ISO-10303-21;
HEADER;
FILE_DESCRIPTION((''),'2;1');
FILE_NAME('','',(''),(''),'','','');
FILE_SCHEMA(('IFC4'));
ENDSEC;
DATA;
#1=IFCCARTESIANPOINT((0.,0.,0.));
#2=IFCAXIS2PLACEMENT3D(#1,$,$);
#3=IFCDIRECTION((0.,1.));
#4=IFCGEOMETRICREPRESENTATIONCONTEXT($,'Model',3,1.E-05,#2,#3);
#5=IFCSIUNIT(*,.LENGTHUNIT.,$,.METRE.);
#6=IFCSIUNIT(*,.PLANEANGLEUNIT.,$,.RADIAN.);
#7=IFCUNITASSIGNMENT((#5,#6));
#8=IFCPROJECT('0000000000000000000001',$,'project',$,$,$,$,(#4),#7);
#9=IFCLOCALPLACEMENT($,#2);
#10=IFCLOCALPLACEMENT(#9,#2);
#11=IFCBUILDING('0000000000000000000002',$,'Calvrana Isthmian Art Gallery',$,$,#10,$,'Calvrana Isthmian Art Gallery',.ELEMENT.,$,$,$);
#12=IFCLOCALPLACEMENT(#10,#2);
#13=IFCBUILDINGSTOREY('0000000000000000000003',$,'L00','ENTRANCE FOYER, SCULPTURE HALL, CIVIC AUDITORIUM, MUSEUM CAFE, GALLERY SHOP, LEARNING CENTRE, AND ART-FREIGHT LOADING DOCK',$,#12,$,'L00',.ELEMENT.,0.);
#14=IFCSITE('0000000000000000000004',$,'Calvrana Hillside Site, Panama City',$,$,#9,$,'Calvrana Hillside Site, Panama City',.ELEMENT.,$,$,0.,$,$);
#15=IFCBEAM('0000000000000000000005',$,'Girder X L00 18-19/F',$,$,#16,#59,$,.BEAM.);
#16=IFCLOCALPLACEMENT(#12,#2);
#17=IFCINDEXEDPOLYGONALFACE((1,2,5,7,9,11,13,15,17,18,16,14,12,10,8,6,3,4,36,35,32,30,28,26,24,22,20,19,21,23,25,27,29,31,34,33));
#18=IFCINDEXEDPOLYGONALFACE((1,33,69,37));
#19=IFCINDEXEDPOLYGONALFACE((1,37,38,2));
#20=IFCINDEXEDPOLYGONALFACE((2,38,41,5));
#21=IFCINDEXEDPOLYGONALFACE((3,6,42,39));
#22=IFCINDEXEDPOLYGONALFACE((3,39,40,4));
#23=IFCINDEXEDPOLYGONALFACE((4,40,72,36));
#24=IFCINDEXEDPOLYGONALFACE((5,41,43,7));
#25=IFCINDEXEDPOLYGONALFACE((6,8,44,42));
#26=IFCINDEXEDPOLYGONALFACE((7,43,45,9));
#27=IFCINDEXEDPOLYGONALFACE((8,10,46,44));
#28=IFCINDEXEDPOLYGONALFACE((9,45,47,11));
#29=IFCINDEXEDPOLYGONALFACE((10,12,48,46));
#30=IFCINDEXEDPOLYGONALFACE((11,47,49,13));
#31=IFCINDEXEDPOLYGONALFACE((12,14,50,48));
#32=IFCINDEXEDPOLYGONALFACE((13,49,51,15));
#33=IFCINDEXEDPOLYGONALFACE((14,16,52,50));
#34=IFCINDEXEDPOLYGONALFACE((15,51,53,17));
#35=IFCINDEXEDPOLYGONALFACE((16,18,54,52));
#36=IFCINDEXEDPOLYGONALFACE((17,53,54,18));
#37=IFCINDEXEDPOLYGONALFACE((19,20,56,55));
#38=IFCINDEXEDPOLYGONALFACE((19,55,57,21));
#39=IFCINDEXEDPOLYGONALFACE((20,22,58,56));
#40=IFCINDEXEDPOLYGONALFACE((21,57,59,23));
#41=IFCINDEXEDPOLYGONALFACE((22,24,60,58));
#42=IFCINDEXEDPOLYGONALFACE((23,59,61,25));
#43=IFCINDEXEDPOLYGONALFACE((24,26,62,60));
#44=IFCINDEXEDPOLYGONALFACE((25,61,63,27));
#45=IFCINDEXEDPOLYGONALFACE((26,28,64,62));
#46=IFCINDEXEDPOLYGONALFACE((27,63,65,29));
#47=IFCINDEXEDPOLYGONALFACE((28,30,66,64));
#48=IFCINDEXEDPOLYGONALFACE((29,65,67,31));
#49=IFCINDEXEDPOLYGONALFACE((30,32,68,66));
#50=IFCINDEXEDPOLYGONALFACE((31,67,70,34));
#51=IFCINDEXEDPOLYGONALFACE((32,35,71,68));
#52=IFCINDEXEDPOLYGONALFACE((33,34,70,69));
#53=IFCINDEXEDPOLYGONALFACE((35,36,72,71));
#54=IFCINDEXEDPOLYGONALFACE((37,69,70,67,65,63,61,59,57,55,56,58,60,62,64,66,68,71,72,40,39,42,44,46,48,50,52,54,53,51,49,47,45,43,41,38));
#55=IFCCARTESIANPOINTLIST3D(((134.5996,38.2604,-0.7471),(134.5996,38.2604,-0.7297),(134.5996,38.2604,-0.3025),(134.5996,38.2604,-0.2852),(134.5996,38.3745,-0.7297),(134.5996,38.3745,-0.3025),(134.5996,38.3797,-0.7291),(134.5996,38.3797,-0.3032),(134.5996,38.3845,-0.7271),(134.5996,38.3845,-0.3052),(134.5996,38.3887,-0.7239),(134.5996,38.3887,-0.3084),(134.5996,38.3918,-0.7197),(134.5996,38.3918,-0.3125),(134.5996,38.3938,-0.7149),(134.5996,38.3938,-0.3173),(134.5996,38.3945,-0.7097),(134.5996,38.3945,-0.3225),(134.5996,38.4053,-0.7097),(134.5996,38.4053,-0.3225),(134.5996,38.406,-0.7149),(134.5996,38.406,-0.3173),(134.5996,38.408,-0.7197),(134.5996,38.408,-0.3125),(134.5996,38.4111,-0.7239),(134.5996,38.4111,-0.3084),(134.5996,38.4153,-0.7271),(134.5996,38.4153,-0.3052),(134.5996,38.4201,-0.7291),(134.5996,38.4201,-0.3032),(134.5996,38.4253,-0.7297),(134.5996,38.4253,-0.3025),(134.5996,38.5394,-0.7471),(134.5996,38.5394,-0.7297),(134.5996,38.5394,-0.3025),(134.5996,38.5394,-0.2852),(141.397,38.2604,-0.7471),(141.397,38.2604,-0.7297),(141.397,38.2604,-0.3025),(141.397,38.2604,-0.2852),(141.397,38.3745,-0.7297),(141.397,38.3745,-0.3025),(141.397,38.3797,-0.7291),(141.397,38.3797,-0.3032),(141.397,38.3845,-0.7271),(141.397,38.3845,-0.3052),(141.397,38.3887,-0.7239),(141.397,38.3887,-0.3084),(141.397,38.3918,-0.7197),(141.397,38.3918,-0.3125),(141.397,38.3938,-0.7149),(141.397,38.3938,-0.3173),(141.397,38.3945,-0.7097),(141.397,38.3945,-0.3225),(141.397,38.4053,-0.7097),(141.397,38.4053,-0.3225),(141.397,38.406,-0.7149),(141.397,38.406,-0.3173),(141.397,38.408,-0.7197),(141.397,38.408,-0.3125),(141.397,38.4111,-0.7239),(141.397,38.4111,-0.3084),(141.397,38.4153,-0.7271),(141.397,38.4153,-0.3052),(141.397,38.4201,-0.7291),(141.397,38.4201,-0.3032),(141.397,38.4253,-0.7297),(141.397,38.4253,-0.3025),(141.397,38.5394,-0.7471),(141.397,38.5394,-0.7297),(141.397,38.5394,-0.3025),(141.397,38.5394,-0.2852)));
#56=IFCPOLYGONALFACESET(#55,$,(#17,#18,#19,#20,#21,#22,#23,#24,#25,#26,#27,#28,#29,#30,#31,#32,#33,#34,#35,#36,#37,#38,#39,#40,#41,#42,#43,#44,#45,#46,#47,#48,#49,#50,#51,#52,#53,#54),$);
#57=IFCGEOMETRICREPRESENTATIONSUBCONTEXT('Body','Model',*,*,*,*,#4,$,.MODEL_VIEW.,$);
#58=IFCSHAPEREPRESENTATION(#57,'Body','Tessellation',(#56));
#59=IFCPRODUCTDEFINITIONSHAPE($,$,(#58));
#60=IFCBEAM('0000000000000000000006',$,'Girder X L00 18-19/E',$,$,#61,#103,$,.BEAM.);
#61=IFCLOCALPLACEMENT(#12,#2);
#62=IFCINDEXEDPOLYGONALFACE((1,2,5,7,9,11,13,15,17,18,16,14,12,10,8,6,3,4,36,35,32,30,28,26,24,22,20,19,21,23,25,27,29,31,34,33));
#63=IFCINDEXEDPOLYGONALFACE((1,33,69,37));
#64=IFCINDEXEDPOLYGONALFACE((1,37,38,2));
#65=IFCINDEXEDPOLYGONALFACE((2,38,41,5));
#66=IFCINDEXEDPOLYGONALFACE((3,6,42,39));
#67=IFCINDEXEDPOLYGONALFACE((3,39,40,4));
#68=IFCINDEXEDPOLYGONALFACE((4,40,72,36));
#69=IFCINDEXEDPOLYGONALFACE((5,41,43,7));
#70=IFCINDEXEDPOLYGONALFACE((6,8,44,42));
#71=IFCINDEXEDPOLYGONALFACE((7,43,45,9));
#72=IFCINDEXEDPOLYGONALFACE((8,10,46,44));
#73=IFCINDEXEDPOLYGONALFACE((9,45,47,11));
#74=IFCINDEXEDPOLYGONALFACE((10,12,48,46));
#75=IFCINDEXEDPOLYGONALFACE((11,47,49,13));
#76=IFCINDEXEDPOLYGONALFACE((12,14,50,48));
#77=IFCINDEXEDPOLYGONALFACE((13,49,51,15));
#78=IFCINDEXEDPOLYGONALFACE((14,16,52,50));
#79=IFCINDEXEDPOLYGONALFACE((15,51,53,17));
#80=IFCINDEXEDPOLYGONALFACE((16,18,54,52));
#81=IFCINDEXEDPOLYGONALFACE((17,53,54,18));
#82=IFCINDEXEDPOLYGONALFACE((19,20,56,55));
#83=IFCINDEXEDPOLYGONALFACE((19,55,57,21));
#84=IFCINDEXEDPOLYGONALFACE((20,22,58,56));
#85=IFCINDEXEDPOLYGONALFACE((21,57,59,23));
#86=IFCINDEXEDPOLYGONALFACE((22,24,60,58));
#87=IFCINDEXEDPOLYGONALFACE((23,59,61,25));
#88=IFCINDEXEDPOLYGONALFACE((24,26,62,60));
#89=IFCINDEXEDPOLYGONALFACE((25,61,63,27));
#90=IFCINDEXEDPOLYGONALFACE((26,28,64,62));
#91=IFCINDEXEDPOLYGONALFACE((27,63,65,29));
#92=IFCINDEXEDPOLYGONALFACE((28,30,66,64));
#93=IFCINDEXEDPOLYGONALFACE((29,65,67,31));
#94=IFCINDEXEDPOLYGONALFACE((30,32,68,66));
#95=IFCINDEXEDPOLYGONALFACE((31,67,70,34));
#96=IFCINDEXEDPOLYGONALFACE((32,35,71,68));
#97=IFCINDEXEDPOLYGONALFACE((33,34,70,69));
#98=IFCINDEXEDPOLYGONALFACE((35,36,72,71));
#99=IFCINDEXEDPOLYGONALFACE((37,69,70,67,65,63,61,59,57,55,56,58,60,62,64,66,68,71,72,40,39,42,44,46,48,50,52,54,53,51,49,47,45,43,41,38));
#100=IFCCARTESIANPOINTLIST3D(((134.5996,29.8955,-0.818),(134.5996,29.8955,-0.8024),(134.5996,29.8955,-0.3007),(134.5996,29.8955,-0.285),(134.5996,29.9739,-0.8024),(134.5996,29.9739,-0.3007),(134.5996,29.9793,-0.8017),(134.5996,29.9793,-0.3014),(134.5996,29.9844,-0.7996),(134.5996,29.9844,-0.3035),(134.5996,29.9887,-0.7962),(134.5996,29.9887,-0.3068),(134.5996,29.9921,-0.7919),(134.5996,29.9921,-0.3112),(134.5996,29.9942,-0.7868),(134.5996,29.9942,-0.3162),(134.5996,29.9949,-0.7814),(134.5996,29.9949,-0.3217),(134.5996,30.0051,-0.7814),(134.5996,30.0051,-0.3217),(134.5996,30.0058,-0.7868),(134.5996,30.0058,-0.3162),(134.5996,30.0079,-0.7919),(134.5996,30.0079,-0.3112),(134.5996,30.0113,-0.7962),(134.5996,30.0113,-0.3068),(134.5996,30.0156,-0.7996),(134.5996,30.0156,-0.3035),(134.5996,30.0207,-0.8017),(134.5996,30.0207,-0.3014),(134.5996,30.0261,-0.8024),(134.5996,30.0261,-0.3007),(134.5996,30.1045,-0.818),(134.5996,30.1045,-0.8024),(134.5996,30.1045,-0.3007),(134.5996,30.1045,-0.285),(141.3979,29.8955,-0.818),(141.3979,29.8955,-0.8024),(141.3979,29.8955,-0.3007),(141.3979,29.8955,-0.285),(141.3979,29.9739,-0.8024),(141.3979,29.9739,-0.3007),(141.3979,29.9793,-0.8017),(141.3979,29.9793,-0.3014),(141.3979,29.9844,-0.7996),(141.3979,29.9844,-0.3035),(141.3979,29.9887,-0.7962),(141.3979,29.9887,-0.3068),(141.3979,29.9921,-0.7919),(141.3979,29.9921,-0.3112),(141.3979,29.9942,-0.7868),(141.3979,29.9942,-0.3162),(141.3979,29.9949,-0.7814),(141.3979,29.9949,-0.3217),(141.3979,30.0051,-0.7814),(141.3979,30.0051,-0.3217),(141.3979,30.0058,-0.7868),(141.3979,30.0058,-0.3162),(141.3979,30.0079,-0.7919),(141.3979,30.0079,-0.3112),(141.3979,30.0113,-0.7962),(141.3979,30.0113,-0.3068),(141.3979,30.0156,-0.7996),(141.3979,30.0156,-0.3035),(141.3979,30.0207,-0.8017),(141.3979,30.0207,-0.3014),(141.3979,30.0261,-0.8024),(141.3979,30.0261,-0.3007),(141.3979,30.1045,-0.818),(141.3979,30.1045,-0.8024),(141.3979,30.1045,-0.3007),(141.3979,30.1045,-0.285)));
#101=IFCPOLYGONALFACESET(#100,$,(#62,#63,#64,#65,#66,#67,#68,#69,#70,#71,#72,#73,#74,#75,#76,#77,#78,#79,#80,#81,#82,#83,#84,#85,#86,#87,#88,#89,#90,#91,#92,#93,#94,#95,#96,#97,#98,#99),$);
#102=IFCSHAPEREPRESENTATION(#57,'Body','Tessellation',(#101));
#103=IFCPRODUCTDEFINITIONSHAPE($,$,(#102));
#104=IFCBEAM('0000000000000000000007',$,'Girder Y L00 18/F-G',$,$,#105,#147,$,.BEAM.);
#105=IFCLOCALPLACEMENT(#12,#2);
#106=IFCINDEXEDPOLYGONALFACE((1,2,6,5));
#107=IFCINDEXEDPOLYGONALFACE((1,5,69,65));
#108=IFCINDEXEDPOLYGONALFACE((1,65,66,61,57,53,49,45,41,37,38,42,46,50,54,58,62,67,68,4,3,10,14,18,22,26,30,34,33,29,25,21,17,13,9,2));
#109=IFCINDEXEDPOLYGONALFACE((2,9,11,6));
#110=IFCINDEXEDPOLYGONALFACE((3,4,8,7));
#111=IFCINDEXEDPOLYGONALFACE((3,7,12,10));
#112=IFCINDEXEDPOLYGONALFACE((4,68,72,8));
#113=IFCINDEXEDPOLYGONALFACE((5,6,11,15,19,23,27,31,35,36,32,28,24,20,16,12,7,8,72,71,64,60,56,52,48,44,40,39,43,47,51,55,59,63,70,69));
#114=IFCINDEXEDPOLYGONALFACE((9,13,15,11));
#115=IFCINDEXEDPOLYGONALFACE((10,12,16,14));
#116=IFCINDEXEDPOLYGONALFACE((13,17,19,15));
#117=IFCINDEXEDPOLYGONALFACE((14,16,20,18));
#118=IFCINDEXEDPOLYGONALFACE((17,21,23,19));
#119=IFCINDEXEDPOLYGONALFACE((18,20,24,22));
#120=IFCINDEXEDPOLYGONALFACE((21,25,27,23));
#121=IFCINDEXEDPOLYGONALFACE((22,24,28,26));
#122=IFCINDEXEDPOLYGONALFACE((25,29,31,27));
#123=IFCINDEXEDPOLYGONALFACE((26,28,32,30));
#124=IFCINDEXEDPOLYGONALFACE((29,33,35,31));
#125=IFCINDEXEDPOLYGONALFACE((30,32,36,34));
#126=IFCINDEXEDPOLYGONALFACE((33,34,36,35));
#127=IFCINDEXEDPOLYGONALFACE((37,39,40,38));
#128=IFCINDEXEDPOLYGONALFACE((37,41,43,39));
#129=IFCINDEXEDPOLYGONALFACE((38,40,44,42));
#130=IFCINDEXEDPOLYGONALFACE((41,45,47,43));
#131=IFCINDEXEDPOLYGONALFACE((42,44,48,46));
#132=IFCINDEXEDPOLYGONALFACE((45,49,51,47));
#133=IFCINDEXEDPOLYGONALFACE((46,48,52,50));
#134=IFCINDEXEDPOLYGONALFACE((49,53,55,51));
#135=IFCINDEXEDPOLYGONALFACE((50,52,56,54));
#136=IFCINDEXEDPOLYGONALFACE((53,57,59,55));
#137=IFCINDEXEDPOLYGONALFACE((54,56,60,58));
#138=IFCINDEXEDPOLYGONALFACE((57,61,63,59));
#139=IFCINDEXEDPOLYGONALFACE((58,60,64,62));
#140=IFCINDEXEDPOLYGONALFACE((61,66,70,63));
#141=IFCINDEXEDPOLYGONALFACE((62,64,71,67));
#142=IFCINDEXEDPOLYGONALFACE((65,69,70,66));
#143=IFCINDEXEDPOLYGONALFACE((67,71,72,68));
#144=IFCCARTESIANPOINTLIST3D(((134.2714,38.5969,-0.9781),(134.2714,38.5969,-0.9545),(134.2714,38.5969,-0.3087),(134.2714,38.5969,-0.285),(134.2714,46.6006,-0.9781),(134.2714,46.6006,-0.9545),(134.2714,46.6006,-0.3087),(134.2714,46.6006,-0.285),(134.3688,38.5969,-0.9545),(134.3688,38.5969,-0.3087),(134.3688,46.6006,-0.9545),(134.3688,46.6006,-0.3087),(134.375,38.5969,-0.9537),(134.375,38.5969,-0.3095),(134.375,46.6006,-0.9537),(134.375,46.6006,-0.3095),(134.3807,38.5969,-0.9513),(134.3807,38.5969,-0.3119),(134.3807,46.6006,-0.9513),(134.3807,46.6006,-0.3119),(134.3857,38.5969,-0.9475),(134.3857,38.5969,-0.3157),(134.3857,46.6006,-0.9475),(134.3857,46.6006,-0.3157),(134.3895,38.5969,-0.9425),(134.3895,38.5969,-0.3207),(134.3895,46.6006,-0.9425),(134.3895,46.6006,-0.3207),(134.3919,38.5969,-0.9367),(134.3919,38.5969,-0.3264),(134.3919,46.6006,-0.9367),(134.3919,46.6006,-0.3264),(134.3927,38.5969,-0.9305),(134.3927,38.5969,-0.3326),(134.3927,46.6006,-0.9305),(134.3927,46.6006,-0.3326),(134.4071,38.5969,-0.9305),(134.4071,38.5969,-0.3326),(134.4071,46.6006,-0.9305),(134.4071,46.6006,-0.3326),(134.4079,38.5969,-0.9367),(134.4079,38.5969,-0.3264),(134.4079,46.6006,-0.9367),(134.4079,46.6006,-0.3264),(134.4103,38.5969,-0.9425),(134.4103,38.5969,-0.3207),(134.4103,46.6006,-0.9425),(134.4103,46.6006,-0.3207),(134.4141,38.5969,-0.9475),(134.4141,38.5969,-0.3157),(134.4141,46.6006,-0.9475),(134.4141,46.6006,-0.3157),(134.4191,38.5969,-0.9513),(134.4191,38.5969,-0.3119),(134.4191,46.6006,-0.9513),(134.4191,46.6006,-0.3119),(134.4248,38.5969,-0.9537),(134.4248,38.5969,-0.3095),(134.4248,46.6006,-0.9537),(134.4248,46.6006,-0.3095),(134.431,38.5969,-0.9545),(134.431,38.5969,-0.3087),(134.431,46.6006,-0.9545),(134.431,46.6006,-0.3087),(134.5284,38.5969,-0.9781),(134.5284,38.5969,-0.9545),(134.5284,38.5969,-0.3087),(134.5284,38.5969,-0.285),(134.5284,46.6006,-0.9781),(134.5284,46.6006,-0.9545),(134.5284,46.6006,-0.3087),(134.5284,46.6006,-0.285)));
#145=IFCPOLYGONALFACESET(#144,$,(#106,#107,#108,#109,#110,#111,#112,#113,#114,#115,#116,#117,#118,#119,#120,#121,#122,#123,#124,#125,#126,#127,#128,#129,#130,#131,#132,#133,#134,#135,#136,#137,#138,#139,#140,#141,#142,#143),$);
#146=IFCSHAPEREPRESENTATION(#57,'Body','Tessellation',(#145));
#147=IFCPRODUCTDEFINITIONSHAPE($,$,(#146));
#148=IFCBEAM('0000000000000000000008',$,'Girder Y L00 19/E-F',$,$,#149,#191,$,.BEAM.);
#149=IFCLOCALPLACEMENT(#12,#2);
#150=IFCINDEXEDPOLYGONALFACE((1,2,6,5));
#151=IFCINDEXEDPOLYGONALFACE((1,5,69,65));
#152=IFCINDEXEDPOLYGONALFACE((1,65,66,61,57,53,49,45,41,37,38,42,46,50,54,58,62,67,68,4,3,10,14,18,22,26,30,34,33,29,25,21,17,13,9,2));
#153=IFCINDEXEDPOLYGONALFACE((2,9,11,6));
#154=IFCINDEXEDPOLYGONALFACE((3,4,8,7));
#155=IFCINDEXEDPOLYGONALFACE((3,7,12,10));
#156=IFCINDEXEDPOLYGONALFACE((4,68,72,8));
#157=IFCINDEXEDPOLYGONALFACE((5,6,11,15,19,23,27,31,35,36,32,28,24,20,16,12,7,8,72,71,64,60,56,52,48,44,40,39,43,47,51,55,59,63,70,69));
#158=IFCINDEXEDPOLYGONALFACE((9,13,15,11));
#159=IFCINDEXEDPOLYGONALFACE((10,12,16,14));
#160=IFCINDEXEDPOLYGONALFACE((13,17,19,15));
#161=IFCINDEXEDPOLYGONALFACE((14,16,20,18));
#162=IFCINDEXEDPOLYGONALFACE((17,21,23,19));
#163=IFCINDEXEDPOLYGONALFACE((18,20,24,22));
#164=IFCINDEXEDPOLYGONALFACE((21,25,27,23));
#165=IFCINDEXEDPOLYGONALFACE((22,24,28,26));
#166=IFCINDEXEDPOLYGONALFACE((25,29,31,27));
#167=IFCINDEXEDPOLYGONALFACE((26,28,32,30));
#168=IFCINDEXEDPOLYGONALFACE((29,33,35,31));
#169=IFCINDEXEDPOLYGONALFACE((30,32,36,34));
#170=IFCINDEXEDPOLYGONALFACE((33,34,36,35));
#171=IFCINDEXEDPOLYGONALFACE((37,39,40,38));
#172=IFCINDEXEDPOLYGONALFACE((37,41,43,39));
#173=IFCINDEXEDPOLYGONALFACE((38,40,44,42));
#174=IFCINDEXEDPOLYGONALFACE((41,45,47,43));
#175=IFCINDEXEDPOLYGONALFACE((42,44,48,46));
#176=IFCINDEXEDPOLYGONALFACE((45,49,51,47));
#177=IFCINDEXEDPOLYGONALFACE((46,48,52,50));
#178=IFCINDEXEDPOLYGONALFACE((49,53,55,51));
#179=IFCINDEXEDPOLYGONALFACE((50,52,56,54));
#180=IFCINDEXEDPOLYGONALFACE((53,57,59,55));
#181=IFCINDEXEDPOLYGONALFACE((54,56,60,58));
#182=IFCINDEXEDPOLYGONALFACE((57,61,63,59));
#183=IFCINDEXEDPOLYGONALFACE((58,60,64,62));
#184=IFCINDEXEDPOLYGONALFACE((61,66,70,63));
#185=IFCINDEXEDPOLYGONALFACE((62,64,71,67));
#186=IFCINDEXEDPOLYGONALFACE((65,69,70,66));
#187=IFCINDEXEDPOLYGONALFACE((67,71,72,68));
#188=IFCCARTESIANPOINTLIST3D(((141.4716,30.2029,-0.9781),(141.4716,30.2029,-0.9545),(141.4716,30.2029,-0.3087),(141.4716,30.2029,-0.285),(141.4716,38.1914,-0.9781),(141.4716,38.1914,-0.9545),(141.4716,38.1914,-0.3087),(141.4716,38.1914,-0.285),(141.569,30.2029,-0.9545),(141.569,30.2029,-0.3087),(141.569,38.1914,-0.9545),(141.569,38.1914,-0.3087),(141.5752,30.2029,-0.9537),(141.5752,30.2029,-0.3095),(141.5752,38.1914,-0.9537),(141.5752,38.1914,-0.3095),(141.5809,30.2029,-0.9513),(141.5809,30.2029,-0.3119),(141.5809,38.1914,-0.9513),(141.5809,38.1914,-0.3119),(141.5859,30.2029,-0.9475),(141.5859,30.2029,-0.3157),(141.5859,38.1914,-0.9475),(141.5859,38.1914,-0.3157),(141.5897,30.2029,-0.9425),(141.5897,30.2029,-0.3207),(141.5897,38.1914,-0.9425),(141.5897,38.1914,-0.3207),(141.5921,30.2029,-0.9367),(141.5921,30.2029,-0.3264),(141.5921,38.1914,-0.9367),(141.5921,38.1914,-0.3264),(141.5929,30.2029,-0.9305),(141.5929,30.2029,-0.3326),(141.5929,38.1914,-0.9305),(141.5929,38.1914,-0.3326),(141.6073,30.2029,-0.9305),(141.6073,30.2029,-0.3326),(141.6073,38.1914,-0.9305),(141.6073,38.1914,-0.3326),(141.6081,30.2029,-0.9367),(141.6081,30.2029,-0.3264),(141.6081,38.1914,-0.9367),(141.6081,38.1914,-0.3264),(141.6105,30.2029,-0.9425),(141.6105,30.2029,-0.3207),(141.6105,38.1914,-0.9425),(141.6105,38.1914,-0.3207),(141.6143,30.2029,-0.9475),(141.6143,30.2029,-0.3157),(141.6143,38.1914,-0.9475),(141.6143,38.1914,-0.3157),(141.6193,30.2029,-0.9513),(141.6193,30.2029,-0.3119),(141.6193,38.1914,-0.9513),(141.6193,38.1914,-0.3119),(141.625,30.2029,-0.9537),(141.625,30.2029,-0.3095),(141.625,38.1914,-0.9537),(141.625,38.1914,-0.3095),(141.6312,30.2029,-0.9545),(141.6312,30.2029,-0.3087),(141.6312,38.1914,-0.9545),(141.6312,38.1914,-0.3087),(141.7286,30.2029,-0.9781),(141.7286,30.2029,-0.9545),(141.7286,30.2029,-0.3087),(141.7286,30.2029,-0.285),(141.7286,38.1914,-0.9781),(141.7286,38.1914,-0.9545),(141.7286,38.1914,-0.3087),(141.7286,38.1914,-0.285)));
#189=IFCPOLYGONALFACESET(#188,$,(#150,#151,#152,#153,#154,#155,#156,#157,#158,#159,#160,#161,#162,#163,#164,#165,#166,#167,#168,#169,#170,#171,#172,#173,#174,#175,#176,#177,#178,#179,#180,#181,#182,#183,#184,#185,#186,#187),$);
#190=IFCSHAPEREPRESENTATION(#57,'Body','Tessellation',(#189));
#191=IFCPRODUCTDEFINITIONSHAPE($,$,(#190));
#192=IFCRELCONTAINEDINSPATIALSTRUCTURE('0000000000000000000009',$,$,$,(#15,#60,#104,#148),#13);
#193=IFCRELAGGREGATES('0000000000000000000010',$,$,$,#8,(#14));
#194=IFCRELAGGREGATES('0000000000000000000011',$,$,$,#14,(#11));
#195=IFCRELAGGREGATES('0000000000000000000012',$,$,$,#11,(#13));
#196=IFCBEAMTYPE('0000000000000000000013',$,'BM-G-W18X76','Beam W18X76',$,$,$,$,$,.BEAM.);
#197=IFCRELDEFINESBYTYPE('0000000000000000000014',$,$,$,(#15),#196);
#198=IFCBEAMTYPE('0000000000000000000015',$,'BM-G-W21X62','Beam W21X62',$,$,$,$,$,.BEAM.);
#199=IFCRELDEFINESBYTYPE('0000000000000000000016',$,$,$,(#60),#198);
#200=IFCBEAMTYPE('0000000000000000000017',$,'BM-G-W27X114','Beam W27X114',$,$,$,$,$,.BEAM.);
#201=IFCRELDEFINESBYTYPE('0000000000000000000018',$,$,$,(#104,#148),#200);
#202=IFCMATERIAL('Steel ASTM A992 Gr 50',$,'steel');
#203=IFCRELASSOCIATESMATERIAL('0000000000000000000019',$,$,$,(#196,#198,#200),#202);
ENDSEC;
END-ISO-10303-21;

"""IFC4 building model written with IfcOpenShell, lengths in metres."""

from ifc_helpers import new_model, si_unit, direction, frame, origin, origin_2d, place, context, subcontext, project, spatial, i_section, extrude, material, material_profile, profile_set, type_object, element, save


model = new_model("IFC4")

# Units and contexts
model_context = context("Model", 3, precision=1e-05, world=origin(), true_north=direction((0.0, 1.0)))
body_context = subcontext(model_context, "Body", "Model", "MODEL_VIEW")
ifc_project = project(units=[si_unit("LENGTHUNIT", "METRE"), si_unit("PLANEANGLEUNIT", "RADIAN")], contexts=[model_context])

# Site, building, storey
site_placement = place(None, origin())
site = spatial("IfcSite", under=ifc_project, at=site_placement, Name="Calvrana Hillside Site, Panama City", LongName="Calvrana Hillside Site, Panama City", CompositionType="ELEMENT", RefElevation=0.0)
building_placement = place(site_placement, origin())
building = spatial("IfcBuilding", under=site, at=building_placement, Name="Calvrana Isthmian Art Gallery", LongName="Calvrana Isthmian Art Gallery", CompositionType="ELEMENT")
storey_placement = place(building_placement, origin())
storey = spatial("IfcBuildingStorey", under=building, at=storey_placement, Name="L00", Description="ENTRANCE FOYER, SCULPTURE HALL, CIVIC AUDITORIUM, MUSEUM CAFE, GALLERY SHOP, LEARNING CENTRE, AND ART-FREIGHT LOADING DOCK", LongName="L00", CompositionType="ELEMENT", Elevation=0.0)

# Shared definitions
ifc_material_1 = material(Name="Steel ASTM A992 Gr 50", Category="steel")

# Beams
ifc_material_profile_1 = material_profile(ifc_material_1, i_section(OverallWidth=0.2791, OverallDepth=0.4619, WebThickness=0.0107, FlangeThickness=0.0173, FilletRadius=0.02, at=origin_2d()), Name="W18X76")
ifc_profile_set_1 = profile_set([ifc_material_profile_1], Name="Steel ASTM A992 Gr 50")
beam_type_1 = type_object("IfcBeamType", Name="BM-G-W18X76", Description="Beam W18X76", PredefinedType="BEAM", material=ifc_profile_set_1)
beam_1_placement = place(storey_placement, frame((134.5996, 38.3999, -0.5161), z_axis=(1.0, 0.0, 0.0), x_axis=(0.0, 1.0, 0.0)))
element("IfcBeam", 1, at=beam_1_placement, inside=storey, type_object=beam_type_1, Name="Girder X L00 18-19/F", PredefinedType="BEAM", context=body_context, shape_type="SweptSolid", body=[
    extrude(i_section(OverallWidth=0.2791, OverallDepth=0.4619, WebThickness=0.0107, FlangeThickness=0.0173, FilletRadius=0.02, at=origin_2d()), origin(), (0.0, 0.0, 1.0), 6.7974),
])
ifc_material_profile_2 = material_profile(ifc_material_1, i_section(OverallWidth=0.209, OverallDepth=0.533, WebThickness=0.0103, FlangeThickness=0.0156, FilletRadius=0.021, at=origin_2d()), Name="W21X62")
ifc_profile_set_2 = profile_set([ifc_material_profile_2], Name="Steel ASTM A992 Gr 50")
beam_type_2 = type_object("IfcBeamType", Name="BM-G-W21X62", Description="Beam W21X62", PredefinedType="BEAM", material=ifc_profile_set_2)
beam_2_placement = place(storey_placement, frame((134.5996, 30.0, -0.5515), z_axis=(1.0, 0.0, 0.0), x_axis=(0.0, 1.0, 0.0)))
element("IfcBeam", 2, at=beam_2_placement, inside=storey, type_object=beam_type_2, Name="Girder X L00 18-19/E", PredefinedType="BEAM", context=body_context, shape_type="SweptSolid", body=[
    extrude(i_section(OverallWidth=0.209, OverallDepth=0.533, WebThickness=0.0103, FlangeThickness=0.0156, FilletRadius=0.021, at=origin_2d()), origin(), (0.0, 0.0, 1.0), 6.7983),
])
ifc_material_profile_3 = material_profile(ifc_material_1, i_section(OverallWidth=0.2571, OverallDepth=0.6931, WebThickness=0.0144, FlangeThickness=0.0237, FilletRadius=0.0239, at=origin_2d()), Name="W27X114")
ifc_profile_set_3 = profile_set([ifc_material_profile_3], Name="Steel ASTM A992 Gr 50")
beam_type_3 = type_object("IfcBeamType", Name="BM-G-W27X114", Description="Beam W27X114", PredefinedType="BEAM", material=ifc_profile_set_3)
beam_3_placement = place(storey_placement, frame((134.3999, 38.5969, -0.6316), z_axis=(0.0, 1.0, 0.0), x_axis=(-1.0, 0.0, 0.0)))
element("IfcBeam", 3, at=beam_3_placement, inside=storey, type_object=beam_type_3, Name="Girder Y L00 18/F-G", PredefinedType="BEAM", context=body_context, shape_type="SweptSolid", body=[
    extrude(i_section(OverallWidth=0.2571, OverallDepth=0.6931, WebThickness=0.0144, FlangeThickness=0.0237, FilletRadius=0.0239, at=origin_2d()), origin(), (0.0, 0.0, 1.0), 8.0037),
])
beam_4_placement = place(storey_placement, frame((141.6001, 30.2029, -0.6316), z_axis=(0.0, 1.0, 0.0), x_axis=(-1.0, 0.0, 0.0)))
element("IfcBeam", 4, at=beam_4_placement, inside=storey, type_object=beam_type_3, Name="Girder Y L00 19/E-F", PredefinedType="BEAM", context=body_context, shape_type="SweptSolid", body=[
    extrude(i_section(OverallWidth=0.2571, OverallDepth=0.6931, WebThickness=0.0144, FlangeThickness=0.0237, FilletRadius=0.0239, at=origin_2d()), origin(), (0.0, 0.0, 1.0), 7.9885),
])

save(model, "model.ifc")
